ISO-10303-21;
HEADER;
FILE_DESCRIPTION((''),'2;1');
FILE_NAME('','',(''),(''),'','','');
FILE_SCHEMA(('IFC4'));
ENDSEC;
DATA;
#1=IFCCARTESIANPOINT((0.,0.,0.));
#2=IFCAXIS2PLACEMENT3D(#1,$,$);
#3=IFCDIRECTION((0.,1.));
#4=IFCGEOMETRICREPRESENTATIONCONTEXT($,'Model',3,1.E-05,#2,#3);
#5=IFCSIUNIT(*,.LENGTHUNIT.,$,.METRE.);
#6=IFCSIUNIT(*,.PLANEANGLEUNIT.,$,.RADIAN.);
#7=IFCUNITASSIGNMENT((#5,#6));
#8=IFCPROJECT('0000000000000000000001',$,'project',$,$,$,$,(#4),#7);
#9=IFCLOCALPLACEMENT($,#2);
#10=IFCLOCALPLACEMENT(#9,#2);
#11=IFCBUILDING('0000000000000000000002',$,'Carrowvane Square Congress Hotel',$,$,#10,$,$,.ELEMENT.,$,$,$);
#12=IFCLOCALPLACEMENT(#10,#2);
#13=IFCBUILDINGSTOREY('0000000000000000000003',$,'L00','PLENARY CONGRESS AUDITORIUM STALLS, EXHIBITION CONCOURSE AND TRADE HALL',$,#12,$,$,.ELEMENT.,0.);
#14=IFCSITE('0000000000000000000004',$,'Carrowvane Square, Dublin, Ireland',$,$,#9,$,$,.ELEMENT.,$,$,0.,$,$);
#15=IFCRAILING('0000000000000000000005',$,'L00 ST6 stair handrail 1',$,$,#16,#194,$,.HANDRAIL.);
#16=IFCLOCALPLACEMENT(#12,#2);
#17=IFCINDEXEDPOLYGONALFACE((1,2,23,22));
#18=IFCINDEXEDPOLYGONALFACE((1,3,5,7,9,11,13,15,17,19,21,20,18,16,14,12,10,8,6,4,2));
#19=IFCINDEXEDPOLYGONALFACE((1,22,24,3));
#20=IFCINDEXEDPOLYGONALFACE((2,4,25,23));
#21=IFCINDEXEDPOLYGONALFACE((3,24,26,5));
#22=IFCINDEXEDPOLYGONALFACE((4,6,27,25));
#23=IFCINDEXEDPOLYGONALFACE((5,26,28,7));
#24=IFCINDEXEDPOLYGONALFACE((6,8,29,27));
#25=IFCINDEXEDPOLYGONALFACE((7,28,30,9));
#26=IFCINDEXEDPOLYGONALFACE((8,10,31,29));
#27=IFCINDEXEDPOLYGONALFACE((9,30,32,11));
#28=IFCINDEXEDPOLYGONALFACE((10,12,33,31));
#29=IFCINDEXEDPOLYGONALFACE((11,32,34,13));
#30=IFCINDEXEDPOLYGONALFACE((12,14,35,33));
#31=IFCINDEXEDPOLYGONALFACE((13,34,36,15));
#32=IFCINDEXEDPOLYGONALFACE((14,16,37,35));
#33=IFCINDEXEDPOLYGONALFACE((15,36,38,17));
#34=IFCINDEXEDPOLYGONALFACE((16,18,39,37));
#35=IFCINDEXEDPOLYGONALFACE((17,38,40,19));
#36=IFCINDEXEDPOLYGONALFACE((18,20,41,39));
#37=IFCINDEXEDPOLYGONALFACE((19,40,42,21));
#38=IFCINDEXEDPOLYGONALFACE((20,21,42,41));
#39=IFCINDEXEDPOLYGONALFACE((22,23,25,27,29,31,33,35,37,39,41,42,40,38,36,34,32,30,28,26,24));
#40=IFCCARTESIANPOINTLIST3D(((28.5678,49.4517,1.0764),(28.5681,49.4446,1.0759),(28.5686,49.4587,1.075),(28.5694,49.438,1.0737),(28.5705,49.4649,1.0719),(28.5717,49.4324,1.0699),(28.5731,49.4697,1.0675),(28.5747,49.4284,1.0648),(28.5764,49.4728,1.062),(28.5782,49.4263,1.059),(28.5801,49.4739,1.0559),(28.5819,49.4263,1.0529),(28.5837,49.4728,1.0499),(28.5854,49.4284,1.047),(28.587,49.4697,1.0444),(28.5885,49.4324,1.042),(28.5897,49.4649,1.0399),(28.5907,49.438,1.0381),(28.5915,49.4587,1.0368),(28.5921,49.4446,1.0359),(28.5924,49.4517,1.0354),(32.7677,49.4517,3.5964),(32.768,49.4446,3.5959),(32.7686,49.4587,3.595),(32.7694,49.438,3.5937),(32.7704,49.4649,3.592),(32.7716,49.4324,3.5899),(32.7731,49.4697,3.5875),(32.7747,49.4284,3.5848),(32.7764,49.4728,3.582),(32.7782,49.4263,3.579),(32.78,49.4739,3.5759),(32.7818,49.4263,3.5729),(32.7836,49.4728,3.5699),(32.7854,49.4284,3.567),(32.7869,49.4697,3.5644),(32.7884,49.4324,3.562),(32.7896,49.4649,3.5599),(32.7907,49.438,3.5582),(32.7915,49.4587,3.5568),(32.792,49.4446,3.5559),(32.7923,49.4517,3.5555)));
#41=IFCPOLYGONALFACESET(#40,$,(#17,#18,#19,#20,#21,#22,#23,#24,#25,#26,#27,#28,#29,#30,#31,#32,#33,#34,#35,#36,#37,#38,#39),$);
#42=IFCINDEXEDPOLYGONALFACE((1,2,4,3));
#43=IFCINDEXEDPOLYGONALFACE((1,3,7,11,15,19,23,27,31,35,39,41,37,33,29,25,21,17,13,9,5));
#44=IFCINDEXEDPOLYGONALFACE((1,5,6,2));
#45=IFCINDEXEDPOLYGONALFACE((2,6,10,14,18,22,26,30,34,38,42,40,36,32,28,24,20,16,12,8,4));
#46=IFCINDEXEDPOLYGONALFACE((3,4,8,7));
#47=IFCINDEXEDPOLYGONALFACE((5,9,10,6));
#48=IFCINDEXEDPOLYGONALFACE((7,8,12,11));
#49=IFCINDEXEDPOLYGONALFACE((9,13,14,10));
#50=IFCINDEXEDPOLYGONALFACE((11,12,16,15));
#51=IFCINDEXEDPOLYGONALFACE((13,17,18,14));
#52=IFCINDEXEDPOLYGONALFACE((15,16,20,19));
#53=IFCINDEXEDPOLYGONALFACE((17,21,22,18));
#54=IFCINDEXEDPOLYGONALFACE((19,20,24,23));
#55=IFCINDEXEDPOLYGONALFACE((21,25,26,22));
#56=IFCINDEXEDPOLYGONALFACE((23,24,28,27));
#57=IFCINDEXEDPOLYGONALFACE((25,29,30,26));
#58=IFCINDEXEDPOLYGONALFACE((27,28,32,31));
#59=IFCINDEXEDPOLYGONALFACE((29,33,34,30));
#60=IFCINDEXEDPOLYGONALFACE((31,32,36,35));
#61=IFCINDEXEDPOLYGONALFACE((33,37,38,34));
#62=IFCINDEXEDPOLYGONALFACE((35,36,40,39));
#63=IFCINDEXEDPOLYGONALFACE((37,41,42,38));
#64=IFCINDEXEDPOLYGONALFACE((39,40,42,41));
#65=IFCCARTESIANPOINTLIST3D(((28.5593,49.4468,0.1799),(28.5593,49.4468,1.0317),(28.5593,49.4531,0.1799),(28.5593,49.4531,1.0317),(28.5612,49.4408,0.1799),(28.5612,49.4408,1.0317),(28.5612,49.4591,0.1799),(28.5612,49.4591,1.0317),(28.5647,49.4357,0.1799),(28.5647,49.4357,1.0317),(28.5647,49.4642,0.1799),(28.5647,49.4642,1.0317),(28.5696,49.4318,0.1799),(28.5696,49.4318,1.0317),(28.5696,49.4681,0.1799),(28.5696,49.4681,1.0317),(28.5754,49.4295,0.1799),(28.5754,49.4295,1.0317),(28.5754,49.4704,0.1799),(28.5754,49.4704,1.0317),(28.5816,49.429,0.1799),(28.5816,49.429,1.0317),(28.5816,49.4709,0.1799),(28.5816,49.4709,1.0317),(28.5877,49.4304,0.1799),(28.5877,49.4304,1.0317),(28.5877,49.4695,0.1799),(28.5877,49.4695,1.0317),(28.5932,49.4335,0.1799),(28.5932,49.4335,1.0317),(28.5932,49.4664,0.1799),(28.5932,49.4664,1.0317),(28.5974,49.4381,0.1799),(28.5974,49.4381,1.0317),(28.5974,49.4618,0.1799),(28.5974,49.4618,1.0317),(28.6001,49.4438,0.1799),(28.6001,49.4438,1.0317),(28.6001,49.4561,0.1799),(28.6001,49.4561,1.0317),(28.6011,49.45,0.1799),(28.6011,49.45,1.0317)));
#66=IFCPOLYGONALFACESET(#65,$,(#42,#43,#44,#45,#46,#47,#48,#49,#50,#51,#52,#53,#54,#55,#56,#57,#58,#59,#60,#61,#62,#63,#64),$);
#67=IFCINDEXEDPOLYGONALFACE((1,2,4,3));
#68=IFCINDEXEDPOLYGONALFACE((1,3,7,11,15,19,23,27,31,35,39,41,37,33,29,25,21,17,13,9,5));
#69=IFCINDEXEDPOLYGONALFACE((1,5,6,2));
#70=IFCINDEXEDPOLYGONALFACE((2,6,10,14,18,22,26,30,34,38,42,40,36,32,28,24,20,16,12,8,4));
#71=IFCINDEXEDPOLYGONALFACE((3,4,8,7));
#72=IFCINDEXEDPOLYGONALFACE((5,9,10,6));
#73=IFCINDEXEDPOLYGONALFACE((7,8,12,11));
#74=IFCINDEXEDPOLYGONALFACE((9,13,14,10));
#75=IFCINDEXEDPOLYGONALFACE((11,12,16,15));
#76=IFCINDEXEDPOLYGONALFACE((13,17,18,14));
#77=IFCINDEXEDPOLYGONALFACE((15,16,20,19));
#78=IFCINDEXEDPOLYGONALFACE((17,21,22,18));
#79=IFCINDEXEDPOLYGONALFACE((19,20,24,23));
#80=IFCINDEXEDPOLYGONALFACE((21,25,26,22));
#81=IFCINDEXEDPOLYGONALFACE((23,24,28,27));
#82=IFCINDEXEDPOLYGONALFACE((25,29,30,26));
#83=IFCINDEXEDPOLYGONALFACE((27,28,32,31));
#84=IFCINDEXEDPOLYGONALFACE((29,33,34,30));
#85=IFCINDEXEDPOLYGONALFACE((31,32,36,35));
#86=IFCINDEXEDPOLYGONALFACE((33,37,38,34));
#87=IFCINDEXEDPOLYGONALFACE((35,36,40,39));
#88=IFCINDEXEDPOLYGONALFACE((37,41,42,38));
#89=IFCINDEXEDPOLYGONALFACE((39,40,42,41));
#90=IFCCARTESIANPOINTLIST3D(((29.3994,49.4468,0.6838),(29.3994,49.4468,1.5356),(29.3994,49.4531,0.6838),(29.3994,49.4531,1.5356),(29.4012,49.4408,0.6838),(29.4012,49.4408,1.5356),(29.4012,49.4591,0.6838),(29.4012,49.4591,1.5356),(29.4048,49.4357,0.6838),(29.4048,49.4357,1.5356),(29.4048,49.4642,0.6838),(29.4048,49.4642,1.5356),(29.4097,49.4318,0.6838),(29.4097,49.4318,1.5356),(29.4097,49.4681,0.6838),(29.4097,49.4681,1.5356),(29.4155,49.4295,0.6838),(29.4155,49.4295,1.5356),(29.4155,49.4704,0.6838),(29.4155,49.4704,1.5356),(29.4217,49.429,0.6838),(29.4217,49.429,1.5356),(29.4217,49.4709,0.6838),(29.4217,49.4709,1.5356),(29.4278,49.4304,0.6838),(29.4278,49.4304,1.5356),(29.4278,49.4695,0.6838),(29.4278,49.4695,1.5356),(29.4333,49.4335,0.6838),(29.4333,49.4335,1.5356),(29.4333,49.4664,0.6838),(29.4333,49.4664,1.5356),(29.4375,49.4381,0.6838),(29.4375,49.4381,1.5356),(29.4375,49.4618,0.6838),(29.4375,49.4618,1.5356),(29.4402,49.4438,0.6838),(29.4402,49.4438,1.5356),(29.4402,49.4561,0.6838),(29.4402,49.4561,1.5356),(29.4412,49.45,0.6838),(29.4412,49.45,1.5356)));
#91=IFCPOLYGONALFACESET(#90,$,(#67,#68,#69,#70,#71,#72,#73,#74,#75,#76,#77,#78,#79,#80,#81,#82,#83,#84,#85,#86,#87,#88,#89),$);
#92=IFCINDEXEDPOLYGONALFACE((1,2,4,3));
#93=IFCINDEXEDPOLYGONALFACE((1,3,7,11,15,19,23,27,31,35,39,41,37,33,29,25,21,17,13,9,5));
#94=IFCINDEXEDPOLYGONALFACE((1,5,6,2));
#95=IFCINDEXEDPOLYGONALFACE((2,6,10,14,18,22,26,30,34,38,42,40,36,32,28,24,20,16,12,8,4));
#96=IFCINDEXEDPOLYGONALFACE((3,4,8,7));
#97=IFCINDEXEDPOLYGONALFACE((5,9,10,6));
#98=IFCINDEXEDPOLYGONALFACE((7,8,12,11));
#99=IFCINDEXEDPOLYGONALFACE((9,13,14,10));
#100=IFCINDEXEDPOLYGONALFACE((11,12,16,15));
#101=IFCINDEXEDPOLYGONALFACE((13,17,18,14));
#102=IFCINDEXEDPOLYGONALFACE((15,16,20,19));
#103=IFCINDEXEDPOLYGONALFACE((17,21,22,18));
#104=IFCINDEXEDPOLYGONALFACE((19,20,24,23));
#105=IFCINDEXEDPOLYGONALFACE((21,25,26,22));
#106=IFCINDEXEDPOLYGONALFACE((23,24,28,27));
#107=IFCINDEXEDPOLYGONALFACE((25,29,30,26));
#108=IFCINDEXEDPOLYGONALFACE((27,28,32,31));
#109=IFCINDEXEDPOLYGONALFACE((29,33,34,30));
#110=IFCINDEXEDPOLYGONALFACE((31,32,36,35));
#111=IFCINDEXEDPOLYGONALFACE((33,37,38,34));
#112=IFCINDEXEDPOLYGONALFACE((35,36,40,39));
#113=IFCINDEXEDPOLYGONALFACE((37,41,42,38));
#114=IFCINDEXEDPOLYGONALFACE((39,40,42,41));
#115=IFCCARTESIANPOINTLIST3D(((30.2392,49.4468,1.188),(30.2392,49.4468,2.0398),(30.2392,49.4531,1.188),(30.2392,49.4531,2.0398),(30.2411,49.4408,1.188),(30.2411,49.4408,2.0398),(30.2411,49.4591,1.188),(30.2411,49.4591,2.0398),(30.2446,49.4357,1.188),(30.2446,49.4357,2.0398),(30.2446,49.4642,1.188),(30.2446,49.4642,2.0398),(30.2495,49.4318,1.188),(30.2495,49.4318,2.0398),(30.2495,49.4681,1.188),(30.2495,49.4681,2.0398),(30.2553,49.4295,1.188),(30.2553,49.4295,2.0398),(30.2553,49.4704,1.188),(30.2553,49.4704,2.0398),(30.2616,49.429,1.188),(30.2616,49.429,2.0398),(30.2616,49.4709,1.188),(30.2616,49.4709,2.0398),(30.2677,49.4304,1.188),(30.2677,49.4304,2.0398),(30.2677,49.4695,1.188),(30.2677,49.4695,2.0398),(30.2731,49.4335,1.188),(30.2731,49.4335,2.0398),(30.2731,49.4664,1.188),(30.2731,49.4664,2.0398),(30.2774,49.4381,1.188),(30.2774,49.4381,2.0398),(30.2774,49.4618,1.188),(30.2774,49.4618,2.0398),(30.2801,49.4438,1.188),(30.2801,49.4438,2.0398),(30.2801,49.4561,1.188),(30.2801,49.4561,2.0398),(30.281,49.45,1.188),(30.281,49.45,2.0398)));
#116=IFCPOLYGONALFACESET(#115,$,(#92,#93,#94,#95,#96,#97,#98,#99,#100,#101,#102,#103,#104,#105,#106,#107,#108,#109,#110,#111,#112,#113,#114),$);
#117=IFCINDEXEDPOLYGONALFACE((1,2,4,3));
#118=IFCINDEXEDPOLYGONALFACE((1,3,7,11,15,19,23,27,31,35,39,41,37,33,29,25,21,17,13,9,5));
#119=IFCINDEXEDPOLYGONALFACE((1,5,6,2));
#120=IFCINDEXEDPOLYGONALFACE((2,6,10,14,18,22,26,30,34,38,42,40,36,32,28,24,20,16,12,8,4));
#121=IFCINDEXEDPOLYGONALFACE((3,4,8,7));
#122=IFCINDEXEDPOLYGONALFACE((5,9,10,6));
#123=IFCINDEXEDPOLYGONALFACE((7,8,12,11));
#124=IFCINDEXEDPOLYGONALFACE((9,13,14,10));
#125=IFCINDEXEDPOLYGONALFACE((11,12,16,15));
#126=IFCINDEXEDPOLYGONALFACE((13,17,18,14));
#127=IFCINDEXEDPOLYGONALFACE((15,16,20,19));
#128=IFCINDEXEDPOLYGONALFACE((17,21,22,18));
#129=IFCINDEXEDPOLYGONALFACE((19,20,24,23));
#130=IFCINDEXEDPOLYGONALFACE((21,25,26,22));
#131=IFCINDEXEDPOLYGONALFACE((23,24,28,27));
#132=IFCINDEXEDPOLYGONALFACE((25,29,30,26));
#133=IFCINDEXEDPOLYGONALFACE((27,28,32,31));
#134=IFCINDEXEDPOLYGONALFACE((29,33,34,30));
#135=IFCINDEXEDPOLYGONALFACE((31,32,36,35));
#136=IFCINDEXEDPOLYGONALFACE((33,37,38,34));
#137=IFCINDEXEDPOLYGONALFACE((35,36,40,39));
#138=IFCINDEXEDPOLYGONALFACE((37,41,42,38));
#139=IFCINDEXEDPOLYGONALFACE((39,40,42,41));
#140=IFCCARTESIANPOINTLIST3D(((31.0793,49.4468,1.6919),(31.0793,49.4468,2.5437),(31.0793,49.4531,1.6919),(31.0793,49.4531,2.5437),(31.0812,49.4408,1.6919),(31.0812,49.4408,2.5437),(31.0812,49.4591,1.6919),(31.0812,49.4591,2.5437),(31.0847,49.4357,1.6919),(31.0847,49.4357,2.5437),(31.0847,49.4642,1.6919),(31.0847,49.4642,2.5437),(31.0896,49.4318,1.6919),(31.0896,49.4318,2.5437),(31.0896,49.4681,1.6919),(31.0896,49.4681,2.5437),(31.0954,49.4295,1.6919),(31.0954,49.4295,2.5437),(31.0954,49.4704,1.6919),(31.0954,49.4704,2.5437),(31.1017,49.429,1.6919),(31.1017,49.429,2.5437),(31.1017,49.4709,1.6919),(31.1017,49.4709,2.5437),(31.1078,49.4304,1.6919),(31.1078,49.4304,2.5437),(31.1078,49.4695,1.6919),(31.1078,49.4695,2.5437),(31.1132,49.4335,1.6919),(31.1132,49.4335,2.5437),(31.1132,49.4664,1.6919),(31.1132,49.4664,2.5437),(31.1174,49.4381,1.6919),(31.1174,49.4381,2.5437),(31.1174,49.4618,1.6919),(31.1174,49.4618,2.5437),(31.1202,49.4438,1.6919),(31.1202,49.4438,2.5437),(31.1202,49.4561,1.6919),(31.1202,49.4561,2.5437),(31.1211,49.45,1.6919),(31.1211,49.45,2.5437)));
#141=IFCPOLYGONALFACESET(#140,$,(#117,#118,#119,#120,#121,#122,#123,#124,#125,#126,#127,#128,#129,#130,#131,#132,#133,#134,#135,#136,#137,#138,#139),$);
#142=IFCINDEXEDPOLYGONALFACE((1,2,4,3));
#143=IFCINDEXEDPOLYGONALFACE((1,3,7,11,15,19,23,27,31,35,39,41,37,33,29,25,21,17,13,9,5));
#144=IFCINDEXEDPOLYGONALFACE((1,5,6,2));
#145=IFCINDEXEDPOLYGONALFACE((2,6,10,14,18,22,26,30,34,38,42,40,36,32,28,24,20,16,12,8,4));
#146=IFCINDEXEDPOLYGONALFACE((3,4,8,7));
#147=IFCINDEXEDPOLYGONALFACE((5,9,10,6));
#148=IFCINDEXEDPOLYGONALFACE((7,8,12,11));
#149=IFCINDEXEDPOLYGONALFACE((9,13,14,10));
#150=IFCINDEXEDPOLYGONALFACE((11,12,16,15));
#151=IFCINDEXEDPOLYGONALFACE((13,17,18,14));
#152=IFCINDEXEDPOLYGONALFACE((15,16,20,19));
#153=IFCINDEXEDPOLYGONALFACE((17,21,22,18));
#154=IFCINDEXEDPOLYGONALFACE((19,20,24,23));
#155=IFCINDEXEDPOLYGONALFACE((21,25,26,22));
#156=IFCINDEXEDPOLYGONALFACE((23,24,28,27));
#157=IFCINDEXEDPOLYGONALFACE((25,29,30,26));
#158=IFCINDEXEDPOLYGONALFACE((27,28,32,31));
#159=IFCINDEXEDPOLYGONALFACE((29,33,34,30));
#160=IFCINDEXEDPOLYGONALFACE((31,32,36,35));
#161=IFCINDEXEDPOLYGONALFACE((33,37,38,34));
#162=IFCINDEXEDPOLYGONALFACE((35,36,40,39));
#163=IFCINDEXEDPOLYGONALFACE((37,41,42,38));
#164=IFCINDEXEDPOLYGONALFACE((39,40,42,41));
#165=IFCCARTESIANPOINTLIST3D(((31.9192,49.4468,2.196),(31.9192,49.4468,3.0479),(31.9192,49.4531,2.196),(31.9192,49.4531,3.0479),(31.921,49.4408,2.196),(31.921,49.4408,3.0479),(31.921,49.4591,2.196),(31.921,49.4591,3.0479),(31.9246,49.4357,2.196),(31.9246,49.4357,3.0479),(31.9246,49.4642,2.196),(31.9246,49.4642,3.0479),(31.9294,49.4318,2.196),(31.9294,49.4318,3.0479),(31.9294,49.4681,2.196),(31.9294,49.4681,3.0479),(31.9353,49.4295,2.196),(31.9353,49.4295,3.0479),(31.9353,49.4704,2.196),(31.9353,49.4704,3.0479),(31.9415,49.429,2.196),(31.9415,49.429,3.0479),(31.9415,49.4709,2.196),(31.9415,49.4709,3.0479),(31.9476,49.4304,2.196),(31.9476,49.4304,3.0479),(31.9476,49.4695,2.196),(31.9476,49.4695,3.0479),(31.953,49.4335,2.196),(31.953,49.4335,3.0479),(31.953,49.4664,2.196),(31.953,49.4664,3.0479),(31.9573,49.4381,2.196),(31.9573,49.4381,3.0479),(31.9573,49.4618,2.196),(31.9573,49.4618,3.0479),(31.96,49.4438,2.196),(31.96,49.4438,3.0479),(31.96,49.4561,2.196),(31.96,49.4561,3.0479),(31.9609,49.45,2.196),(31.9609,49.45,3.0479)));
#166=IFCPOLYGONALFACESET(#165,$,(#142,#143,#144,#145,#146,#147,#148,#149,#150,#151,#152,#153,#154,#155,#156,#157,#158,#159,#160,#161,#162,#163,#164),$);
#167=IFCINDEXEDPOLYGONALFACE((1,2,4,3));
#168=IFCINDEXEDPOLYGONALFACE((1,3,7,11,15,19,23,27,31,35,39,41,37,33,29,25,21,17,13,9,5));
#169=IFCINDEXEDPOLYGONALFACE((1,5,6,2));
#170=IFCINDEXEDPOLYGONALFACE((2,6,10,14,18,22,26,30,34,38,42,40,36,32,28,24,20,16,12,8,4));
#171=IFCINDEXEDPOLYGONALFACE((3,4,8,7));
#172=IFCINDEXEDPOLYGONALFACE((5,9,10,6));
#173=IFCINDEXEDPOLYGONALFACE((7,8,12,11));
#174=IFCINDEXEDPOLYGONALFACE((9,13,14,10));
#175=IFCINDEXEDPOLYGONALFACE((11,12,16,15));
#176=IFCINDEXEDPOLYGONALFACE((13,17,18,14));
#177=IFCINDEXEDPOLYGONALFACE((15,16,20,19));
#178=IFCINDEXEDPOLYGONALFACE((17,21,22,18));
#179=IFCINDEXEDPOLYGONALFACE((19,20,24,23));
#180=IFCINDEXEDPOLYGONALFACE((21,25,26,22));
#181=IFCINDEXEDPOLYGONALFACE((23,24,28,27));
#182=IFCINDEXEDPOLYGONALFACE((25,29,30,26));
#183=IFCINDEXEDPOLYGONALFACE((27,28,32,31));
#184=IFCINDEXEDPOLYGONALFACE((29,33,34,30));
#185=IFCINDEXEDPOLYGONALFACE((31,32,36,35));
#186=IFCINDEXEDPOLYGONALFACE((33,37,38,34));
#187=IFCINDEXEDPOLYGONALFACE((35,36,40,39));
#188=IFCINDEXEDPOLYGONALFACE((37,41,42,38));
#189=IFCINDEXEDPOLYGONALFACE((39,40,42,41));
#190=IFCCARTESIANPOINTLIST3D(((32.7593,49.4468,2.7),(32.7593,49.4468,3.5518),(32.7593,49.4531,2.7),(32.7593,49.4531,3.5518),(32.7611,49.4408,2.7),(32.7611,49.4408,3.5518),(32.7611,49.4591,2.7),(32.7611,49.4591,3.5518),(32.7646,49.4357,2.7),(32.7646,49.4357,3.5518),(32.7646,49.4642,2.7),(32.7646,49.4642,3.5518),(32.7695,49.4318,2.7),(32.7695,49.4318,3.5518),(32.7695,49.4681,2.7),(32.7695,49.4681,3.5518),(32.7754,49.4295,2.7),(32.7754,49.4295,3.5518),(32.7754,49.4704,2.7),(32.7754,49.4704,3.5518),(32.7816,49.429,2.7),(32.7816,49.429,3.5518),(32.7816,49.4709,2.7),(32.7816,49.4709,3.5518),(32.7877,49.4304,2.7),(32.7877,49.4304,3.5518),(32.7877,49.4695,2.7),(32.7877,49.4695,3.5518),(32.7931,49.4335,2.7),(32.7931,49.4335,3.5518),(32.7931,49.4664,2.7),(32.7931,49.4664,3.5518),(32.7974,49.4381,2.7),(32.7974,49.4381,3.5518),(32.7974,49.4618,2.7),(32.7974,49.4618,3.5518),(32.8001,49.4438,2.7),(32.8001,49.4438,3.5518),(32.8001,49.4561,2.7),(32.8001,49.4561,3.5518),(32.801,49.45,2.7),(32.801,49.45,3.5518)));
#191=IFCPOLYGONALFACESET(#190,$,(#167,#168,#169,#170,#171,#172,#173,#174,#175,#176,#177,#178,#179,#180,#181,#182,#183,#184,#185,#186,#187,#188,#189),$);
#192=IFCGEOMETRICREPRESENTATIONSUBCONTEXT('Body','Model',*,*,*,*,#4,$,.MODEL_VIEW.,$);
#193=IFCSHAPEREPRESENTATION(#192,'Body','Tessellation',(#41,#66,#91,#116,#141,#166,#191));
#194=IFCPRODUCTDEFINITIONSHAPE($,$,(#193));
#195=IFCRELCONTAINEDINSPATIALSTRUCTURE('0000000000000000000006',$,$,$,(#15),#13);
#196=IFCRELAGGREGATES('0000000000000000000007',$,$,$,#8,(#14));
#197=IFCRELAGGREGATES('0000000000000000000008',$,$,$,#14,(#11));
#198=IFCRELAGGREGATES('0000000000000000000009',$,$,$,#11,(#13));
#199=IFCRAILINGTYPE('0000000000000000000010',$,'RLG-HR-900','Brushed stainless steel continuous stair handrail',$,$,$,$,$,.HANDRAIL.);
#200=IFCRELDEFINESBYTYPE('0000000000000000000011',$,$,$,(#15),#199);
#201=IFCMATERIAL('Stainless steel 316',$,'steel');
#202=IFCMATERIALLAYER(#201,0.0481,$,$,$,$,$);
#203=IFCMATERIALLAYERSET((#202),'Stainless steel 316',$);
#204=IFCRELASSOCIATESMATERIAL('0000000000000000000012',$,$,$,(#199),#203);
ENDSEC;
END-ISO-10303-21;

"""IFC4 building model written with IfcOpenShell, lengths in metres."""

from ifc_helpers import new_model, si_unit, direction, frame, origin, origin_2d, place, context, subcontext, project, spatial, circle, extrude, material, layer, layer_set, type_object, element, save


model = new_model("IFC4")

# Units and contexts
model_context = context("Model", 3, precision=1e-05, world=origin(), true_north=direction((0.0, 1.0)))
body_context = subcontext(model_context, "Body", "Model", "MODEL_VIEW")
ifc_project = project(units=[si_unit("LENGTHUNIT", "METRE"), si_unit("PLANEANGLEUNIT", "RADIAN")], contexts=[model_context])

# Site, building, storey
site_placement = place(None, origin())
site = spatial("IfcSite", under=ifc_project, at=site_placement, Name="Carrowvane Square, Dublin, Ireland", CompositionType="ELEMENT", RefElevation=0.0)
building_placement = place(site_placement, origin())
building = spatial("IfcBuilding", under=site, at=building_placement, Name="Carrowvane Square Congress Hotel", CompositionType="ELEMENT")
storey_placement = place(building_placement, origin())
storey = spatial("IfcBuildingStorey", under=building, at=storey_placement, Name="L00", Description="PLENARY CONGRESS AUDITORIUM STALLS, EXHIBITION CONCOURSE AND TRADE HALL", CompositionType="ELEMENT", Elevation=0.0)

# Railing
ifc_material_1 = material(Name="Stainless steel 316", Category="steel")
ifc_layer_1 = layer(ifc_material_1, 0.0481)
ifc_layer_set_1 = layer_set([ifc_layer_1], Name="Stainless steel 316")
railing_type_1 = type_object("IfcRailingType", Name="RLG-HR-900", Description="Brushed stainless steel continuous stair handrail", PredefinedType="HANDRAIL", material=ifc_layer_set_1)
railing_1_placement = place(storey_placement, frame((28.5801, 49.45, 0.1799)))
element("IfcRailing", 1, at=railing_1_placement, inside=storey, type_object=railing_type_1, Name="L00 ST6 stair handrail 1", PredefinedType="HANDRAIL", context=body_context, shape_type="SweptSolid", body=[
    extrude(circle(Radius=0.0239, at=origin_2d()), frame((0.0, 0.0, 0.876), z_axis=(0.857489, 0.0, 0.514503), x_axis=(0.0, 1.0, 0.0)), (0.0, 0.0, 1.0), 4.8979),
    extrude(circle(Radius=0.021, at=origin_2d()), origin(), (0.0, 0.0, 1.0), 0.8518),
    extrude(circle(Radius=0.021, at=origin_2d()), frame((0.8401, 0.0, 0.5039)), (0.0, 0.0, 1.0), 0.8518),
    extrude(circle(Radius=0.021, at=origin_2d()), frame((1.6799, 0.0, 1.0081)), (0.0, 0.0, 1.0), 0.8518),
    extrude(circle(Radius=0.021, at=origin_2d()), frame((2.52, 0.0, 1.512)), (0.0, 0.0, 1.0), 0.8518),
    extrude(circle(Radius=0.021, at=origin_2d()), frame((3.3599, 0.0, 2.0161)), (0.0, 0.0, 1.0), 0.8518),
    extrude(circle(Radius=0.021, at=origin_2d()), frame((4.2, 0.0, 2.52)), (0.0, 0.0, 1.0), 0.8518),
])

save(model, "model.ifc")
